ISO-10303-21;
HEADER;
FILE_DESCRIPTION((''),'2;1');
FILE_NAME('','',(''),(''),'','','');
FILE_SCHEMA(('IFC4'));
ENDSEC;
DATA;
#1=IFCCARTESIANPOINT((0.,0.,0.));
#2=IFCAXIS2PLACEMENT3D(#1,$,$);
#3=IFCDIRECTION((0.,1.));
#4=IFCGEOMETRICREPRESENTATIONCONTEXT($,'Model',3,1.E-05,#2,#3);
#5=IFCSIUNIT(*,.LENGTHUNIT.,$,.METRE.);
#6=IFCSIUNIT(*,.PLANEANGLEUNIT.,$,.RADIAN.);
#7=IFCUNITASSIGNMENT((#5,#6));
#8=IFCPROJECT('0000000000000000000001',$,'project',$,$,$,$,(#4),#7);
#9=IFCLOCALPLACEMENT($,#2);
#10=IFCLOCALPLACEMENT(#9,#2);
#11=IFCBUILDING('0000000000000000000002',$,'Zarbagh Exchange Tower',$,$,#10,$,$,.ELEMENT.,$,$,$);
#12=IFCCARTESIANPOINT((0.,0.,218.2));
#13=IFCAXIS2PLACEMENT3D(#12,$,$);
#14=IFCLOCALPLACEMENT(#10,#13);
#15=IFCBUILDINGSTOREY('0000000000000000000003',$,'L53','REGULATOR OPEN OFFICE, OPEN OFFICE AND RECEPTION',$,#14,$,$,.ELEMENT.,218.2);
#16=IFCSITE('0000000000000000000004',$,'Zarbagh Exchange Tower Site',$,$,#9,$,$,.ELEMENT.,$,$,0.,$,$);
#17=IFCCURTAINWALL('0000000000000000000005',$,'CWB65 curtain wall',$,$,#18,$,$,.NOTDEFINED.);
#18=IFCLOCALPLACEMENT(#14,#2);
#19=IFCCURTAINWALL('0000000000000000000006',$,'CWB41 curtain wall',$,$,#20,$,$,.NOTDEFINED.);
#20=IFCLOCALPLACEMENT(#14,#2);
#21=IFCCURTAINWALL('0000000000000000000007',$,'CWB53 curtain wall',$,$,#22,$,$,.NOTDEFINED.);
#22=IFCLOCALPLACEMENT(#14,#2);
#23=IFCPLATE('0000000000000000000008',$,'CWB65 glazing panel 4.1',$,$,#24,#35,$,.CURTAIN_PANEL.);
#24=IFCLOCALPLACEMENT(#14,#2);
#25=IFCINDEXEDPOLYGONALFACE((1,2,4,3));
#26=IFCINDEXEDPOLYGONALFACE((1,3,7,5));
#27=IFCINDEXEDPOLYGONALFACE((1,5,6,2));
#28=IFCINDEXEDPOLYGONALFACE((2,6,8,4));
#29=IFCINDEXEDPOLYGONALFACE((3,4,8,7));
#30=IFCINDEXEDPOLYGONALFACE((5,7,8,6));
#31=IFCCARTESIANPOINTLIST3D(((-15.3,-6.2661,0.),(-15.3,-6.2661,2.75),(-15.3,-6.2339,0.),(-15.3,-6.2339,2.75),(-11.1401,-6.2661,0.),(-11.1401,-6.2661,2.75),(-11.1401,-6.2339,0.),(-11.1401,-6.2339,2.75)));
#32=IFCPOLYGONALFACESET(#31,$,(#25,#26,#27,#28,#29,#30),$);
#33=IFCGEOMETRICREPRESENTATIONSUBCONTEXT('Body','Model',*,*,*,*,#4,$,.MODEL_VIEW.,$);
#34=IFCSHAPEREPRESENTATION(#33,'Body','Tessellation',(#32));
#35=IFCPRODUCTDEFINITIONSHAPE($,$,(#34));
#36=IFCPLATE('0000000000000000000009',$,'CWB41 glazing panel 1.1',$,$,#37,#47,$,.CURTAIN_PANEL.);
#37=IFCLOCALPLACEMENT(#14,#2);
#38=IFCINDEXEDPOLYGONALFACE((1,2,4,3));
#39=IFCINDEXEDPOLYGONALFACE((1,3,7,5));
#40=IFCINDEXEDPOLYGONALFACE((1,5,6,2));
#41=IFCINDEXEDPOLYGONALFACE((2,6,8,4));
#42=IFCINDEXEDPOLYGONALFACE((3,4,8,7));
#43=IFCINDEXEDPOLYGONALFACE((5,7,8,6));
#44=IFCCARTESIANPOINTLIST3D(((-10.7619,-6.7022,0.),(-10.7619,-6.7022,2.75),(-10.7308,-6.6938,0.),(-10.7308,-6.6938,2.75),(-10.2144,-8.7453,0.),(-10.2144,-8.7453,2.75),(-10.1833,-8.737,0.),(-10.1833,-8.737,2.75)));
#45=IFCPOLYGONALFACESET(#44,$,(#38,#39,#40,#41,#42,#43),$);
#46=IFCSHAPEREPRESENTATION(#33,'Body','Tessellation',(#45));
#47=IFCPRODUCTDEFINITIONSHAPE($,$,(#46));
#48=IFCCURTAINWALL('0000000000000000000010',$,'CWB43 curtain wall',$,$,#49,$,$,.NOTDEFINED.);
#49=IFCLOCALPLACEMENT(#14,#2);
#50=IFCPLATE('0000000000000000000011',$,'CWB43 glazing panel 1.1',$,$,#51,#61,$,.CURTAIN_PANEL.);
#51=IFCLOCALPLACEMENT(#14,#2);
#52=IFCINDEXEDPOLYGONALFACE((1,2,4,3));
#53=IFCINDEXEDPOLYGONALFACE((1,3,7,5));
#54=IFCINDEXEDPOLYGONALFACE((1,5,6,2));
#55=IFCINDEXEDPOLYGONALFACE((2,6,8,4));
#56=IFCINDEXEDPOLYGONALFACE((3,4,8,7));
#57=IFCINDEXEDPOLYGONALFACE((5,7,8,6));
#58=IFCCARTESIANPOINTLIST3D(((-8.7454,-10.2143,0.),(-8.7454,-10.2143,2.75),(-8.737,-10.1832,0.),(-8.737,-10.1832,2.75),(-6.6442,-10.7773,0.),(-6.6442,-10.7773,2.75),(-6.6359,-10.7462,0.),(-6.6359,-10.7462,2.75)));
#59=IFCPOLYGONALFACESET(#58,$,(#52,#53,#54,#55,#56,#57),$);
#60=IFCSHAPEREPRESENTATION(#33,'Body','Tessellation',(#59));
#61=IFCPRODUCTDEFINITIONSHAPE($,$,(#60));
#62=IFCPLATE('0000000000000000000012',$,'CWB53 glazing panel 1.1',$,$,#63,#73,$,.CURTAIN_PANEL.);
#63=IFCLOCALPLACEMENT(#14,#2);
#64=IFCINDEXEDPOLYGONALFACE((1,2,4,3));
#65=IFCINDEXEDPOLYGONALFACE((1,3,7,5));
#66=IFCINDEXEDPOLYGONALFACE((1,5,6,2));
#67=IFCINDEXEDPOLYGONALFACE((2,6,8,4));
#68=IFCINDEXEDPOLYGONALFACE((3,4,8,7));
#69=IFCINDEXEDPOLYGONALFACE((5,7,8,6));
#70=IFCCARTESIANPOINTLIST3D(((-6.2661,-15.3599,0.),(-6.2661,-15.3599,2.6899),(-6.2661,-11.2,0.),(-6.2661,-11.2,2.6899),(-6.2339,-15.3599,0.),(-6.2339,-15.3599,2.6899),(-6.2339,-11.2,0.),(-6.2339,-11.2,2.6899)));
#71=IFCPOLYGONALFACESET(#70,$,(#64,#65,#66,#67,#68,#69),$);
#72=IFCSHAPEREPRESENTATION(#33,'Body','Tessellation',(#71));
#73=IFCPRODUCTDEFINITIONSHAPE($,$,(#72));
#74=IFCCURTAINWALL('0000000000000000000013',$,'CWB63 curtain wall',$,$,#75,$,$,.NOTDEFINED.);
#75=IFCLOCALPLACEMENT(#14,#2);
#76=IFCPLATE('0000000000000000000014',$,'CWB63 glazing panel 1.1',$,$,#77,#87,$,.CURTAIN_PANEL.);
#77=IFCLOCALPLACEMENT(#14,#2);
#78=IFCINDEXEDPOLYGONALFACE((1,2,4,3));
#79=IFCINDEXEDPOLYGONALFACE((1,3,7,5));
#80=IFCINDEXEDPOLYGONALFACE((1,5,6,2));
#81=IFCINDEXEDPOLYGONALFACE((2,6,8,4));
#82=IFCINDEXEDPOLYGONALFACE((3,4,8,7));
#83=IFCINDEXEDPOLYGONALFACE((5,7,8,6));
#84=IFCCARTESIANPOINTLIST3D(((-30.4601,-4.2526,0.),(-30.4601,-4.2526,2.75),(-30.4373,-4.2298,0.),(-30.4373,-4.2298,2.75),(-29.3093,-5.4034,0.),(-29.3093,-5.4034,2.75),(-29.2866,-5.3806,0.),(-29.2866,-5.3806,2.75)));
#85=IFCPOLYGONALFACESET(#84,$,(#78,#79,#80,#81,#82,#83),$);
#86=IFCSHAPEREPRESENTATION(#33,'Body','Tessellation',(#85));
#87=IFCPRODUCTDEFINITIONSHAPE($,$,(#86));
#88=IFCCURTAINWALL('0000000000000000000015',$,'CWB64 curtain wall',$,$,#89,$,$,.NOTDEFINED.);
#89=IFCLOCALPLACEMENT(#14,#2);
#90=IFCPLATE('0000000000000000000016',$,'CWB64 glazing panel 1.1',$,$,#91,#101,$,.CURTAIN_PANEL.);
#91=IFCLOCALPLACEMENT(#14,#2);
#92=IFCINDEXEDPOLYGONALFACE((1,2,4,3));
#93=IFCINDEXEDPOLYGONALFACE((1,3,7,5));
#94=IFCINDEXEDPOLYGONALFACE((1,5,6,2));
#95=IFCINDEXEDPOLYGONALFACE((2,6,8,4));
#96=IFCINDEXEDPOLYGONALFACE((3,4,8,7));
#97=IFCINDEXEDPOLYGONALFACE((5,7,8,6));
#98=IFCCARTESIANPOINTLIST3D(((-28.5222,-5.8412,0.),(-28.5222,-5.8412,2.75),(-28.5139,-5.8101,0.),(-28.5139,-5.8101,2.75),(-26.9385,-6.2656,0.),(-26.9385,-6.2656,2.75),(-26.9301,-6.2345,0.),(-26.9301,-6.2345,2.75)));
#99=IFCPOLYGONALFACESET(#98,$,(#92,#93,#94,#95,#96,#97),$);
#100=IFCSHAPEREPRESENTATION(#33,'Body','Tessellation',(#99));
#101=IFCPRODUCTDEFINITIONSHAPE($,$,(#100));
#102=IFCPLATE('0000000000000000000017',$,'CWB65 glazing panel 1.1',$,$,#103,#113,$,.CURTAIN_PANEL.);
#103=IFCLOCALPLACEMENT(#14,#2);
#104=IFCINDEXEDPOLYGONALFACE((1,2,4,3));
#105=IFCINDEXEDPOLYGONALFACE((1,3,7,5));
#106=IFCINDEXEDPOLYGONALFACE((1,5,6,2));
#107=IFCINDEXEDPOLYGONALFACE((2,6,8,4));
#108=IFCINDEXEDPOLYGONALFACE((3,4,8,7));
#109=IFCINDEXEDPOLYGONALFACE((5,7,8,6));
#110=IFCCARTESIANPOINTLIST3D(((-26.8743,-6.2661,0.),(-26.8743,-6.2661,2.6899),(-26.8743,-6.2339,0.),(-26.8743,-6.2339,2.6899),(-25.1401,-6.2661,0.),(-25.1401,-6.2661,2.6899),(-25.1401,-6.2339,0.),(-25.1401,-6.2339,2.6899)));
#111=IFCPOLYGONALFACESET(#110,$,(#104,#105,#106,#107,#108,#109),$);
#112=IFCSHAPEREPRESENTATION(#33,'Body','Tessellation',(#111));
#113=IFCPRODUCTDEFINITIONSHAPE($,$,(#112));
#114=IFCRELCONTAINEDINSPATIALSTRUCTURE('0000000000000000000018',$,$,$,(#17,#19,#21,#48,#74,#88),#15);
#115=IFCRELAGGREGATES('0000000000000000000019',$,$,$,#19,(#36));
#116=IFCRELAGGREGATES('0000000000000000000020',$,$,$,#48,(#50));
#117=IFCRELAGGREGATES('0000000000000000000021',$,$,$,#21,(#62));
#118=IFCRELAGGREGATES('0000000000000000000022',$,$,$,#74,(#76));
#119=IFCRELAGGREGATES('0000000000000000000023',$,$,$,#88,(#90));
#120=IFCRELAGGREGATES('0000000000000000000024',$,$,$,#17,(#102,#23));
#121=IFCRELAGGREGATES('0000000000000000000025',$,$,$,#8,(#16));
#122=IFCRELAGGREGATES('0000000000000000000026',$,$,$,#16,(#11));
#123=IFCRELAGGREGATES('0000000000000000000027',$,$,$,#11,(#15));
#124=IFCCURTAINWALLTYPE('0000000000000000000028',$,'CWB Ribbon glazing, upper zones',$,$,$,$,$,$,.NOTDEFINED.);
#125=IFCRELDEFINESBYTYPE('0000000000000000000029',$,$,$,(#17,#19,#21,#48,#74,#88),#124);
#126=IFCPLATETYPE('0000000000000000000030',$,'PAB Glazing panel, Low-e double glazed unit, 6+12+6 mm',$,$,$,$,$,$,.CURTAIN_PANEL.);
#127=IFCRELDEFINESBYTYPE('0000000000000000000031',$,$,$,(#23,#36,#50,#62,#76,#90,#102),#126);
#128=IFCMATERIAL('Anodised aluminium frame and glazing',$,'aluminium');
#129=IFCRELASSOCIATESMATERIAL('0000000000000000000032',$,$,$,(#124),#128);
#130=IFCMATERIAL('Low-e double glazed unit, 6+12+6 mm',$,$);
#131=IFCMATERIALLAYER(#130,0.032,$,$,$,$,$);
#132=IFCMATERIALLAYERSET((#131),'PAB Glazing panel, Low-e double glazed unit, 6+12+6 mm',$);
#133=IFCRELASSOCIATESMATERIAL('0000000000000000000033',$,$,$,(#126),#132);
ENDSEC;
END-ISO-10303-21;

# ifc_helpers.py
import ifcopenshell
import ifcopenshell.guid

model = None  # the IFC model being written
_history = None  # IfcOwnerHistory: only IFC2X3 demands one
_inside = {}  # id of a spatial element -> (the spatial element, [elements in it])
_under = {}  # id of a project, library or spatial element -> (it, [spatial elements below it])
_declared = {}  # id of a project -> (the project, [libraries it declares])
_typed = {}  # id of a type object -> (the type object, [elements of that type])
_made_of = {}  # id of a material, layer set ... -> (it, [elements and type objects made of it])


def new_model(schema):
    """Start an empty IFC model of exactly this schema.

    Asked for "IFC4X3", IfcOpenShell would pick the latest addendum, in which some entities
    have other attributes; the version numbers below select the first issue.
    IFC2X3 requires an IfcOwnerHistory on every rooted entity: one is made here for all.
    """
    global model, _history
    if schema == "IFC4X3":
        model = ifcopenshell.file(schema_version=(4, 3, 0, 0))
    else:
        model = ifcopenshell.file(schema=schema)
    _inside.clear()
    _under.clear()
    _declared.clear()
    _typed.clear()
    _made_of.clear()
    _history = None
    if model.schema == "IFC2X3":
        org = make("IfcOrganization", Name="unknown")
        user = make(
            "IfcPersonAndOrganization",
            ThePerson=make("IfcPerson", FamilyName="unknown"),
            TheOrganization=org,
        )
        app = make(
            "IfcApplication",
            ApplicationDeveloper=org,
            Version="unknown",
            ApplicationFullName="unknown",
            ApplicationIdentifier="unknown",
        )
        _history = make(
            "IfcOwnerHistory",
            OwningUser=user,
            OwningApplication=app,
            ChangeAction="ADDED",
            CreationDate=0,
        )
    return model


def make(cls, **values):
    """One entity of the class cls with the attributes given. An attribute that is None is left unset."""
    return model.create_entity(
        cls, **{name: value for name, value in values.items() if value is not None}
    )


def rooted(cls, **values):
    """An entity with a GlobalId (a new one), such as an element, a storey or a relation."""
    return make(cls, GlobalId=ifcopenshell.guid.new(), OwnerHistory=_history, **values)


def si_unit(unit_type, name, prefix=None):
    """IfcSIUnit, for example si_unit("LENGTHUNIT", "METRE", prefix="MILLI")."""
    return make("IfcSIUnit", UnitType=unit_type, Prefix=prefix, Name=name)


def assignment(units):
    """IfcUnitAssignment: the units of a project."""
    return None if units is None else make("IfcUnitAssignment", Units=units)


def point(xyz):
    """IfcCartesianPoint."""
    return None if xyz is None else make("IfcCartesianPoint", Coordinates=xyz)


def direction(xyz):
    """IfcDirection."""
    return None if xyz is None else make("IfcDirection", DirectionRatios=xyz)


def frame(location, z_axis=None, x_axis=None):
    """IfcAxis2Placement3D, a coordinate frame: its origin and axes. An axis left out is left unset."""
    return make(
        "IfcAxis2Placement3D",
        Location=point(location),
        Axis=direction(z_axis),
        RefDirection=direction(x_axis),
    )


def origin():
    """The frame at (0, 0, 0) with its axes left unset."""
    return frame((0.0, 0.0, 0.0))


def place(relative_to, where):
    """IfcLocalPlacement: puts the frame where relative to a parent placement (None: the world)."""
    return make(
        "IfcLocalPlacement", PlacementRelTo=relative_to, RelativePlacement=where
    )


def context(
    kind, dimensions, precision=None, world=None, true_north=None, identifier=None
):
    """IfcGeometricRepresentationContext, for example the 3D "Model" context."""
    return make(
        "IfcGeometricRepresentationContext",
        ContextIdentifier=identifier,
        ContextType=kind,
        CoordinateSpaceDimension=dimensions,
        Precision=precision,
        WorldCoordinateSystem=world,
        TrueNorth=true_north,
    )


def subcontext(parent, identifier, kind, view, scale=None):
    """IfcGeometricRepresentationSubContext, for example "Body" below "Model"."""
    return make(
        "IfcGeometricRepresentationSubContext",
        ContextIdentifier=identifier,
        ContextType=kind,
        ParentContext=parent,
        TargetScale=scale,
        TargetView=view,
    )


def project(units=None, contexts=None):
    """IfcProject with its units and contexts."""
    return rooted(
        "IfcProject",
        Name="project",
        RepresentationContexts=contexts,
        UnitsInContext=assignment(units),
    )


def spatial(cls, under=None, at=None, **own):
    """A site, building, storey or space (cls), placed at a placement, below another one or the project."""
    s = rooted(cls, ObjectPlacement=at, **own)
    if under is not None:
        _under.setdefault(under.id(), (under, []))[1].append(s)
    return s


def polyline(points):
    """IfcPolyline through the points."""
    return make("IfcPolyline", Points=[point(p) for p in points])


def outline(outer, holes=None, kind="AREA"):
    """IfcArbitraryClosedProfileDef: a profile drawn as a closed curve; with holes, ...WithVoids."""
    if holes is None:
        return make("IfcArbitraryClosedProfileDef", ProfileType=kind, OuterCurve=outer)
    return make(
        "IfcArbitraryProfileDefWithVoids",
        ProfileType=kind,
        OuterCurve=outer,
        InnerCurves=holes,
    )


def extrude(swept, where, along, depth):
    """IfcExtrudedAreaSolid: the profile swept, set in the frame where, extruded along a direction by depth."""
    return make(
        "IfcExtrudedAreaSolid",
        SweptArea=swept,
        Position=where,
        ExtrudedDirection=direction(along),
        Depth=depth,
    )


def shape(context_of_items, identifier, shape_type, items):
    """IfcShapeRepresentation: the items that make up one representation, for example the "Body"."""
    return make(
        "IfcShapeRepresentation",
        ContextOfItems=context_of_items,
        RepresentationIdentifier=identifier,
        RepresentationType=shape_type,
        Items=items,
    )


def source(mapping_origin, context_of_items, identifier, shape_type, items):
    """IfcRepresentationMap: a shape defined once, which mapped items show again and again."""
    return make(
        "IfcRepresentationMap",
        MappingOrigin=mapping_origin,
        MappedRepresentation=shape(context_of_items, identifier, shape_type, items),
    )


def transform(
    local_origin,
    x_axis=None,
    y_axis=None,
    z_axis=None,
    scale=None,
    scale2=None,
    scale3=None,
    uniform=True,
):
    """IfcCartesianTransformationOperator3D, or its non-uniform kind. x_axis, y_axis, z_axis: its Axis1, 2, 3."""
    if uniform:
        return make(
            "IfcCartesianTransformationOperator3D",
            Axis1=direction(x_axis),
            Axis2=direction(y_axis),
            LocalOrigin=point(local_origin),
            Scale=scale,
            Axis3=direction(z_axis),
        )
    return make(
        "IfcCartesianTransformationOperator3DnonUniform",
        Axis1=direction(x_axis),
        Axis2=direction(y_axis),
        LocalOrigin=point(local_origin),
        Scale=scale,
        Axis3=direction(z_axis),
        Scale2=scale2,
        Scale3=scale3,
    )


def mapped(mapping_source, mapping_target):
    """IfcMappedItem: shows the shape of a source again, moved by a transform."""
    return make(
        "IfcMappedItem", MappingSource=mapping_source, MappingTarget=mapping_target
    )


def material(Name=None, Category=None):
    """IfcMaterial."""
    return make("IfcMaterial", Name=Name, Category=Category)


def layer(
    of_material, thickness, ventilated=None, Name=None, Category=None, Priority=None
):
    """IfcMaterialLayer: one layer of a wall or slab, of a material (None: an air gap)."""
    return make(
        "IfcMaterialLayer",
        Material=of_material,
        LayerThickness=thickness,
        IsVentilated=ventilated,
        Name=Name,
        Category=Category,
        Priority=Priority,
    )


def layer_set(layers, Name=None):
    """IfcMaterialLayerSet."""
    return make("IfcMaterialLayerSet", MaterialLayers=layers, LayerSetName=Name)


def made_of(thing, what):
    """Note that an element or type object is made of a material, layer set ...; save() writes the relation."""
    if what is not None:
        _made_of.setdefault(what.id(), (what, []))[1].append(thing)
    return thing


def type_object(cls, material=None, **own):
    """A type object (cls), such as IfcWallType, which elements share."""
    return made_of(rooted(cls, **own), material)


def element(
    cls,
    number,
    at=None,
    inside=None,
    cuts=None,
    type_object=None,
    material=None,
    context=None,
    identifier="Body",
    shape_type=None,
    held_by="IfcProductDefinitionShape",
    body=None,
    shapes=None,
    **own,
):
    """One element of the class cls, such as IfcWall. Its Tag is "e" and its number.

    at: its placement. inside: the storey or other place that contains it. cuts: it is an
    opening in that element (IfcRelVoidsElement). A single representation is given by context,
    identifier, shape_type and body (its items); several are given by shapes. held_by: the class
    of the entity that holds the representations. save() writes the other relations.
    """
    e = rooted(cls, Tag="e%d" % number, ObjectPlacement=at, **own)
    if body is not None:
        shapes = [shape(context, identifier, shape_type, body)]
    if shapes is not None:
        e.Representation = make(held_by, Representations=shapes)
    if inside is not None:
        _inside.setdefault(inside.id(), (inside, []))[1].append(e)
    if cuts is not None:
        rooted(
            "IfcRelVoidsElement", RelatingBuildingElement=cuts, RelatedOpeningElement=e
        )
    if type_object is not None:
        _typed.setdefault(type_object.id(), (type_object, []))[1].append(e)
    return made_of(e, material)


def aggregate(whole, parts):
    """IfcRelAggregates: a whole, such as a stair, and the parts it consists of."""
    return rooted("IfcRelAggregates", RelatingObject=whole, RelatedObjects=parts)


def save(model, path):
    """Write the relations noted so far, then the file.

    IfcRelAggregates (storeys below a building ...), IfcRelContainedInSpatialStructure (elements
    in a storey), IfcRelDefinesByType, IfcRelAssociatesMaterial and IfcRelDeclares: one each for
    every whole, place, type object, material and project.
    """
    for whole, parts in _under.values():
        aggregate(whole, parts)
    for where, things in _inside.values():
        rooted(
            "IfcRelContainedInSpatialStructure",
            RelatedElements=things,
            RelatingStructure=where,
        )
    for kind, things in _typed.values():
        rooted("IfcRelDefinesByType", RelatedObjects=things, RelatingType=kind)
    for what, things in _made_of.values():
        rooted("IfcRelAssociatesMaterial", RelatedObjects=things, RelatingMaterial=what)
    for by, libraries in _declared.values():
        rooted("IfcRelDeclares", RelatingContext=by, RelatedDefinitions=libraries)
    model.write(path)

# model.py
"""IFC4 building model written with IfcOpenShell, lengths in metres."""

from ifc_helpers import new_model, si_unit, direction, frame, origin, place, context, subcontext, project, spatial, polyline, outline, extrude, source, transform, mapped, material, layer, layer_set, type_object, element, aggregate, save


model = new_model("IFC4")

# Units and contexts
model_context = context("Model", 3, precision=1e-05, world=origin(), true_north=direction((0.0, 1.0)))
body_context = subcontext(model_context, "Body", "Model", "MODEL_VIEW")
ifc_project = project(units=[si_unit("LENGTHUNIT", "METRE"), si_unit("PLANEANGLEUNIT", "RADIAN")], contexts=[model_context])

# Site, building, storey
site_placement = place(None, origin())
site = spatial("IfcSite", under=ifc_project, at=site_placement, Name="Zarbagh Exchange Tower Site", CompositionType="ELEMENT", RefElevation=0.0)
building_placement = place(site_placement, origin())
building = spatial("IfcBuilding", under=site, at=building_placement, Name="Zarbagh Exchange Tower", CompositionType="ELEMENT")
storey_placement = place(building_placement, frame((0.0, 0.0, 218.2)))
storey = spatial("IfcBuildingStorey", under=building, at=storey_placement, Name="L53", Description="REGULATOR OPEN OFFICE, OPEN OFFICE AND RECEPTION", CompositionType="ELEMENT", Elevation=218.2)

# Curtain wall
ifc_material_1 = material(Name="Anodised aluminium frame and glazing", Category="aluminium")
curtain_wall_type = type_object("IfcCurtainWallType", Name="CWB Ribbon glazing, upper zones", PredefinedType="NOTDEFINED", material=ifc_material_1)
curtain_wall_1_placement = place(storey_placement, origin())
curtain_wall_1 = element("IfcCurtainWall", 1, at=curtain_wall_1_placement, inside=storey, type_object=curtain_wall_type, Name="CWB65 curtain wall", PredefinedType="NOTDEFINED")
placement = place(storey_placement, origin())

# Curtain wall
curtain_wall_2_placement = place(storey_placement, origin())
curtain_wall_2 = element("IfcCurtainWall", 2, at=curtain_wall_2_placement, inside=storey, type_object=curtain_wall_type, Name="CWB41 curtain wall", PredefinedType="NOTDEFINED")

# Curtain wall
curtain_wall_3_placement = place(storey_placement, origin())
curtain_wall_3 = element("IfcCurtainWall", 3, at=curtain_wall_3_placement, inside=storey, type_object=curtain_wall_type, Name="CWB53 curtain wall", PredefinedType="NOTDEFINED")

# Shared definitions
ifc_material_2 = material(Name="Low-e double glazed unit, 6+12+6 mm")
ifc_layer = layer(ifc_material_2, 0.032)
ifc_layer_set = layer_set([ifc_layer], Name="PAB Glazing panel, Low-e double glazed unit, 6+12+6 mm")
plate_type = type_object("IfcPlateType", Name="PAB Glazing panel, Low-e double glazed unit, 6+12+6 mm", PredefinedType="CURTAIN_PANEL", material=ifc_layer_set)

# Plates
shared_shape_1 = source(origin(), body_context, "Body", "SweptSolid", [
    extrude(outline(polyline([(0.0, -0.0161), (4.1599, -0.0161), (4.1599, 0.0161), (0.0, 0.0161), (0.0, -0.0161)])), origin(), (0.0, 0.0, 1.0), 2.75),
])
plate_1 = element("IfcPlate", 4, at=placement, type_object=plate_type, Name="CWB65 glazing panel 4.1", PredefinedType="CURTAIN_PANEL", context=body_context, shape_type="MappedRepresentation", body=[
    mapped(shared_shape_1, transform((-15.3, -6.25, 0.0), x_axis=(1.0, 0.0, 0.0), y_axis=(0.0, 1.0, 0.0), z_axis=(0.0, 0.0, 1.0))),
])
shared_shape_2 = source(origin(), body_context, "Body", "SweptSolid", [
    extrude(outline(polyline([(0.0, -0.0161), (2.1152, -0.0161), (2.1152, 0.0161), (0.0, 0.0161), (0.0, -0.0161)])), origin(), (0.0, 0.0, 1.0), 2.75),
])
plate_2 = element("IfcPlate", 5, at=placement, type_object=plate_type, Name="CWB41 glazing panel 1.1", PredefinedType="CURTAIN_PANEL", context=body_context, shape_type="MappedRepresentation", body=[
    mapped(shared_shape_2, transform((-10.7463, -6.698, 0.0), x_axis=(0.258825, -0.965924, 0.0), y_axis=(0.965924, 0.258825, 0.0), z_axis=(0.0, 0.0, 1.0))),
])
aggregate(curtain_wall_2, [plate_2])

# Curtain wall, plate
curtain_wall_4_placement = place(storey_placement, origin())
curtain_wall_4 = element("IfcCurtainWall", 6, at=curtain_wall_4_placement, inside=storey, type_object=curtain_wall_type, Name="CWB43 curtain wall", PredefinedType="NOTDEFINED")
shared_shape_3 = source(origin(), body_context, "Body", "SweptSolid", [
    extrude(outline(polyline([(0.0, -0.0161), (2.1753, -0.0161), (2.1753, 0.0161), (0.0, 0.0161), (0.0, -0.0161)])), origin(), (0.0, 0.0, 1.0), 2.75),
])
plate_3 = element("IfcPlate", 7, at=placement, type_object=plate_type, Name="CWB43 glazing panel 1.1", PredefinedType="CURTAIN_PANEL", context=body_context, shape_type="MappedRepresentation", body=[
    mapped(shared_shape_3, transform((-8.7412, -10.1987, 0.0), x_axis=(0.965924, -0.258825, 0.0), y_axis=(0.258825, 0.965924, 0.0), z_axis=(0.0, 0.0, 1.0))),
])
aggregate(curtain_wall_4, [plate_3])

# Plate
shared_shape_4 = source(origin(), body_context, "Body", "SweptSolid", [
    extrude(outline(polyline([(0.0, -0.0161), (4.1599, -0.0161), (4.1599, 0.0161), (0.0, 0.0161), (0.0, -0.0161)])), origin(), (0.0, 0.0, 1.0), 2.6899),
])
plate_4 = element("IfcPlate", 8, at=placement, type_object=plate_type, Name="CWB53 glazing panel 1.1", PredefinedType="CURTAIN_PANEL", context=body_context, shape_type="MappedRepresentation", body=[
    mapped(shared_shape_4, transform((-6.25, -11.2, 0.0), x_axis=(0.0, -1.0, 0.0), y_axis=(1.0, 0.0, 0.0), z_axis=(0.0, 0.0, 1.0))),
])
aggregate(curtain_wall_3, [plate_4])

# Curtain walls, plates
curtain_wall_5_placement = place(storey_placement, origin())
curtain_wall_5 = element("IfcCurtainWall", 9, at=curtain_wall_5_placement, inside=storey, type_object=curtain_wall_type, Name="CWB63 curtain wall", PredefinedType="NOTDEFINED")
shared_shape_5 = source(origin(), body_context, "Body", "SweptSolid", [
    extrude(outline(polyline([(0.0, -0.0161), (1.6274, -0.0161), (1.6274, 0.0161), (0.0, 0.0161), (0.0, -0.0161)])), origin(), (0.0, 0.0, 1.0), 2.75),
])
plate_5 = element("IfcPlate", 10, at=placement, type_object=plate_type, Name="CWB63 glazing panel 1.1", PredefinedType="CURTAIN_PANEL", context=body_context, shape_type="MappedRepresentation", body=[
    mapped(shared_shape_5, transform((-30.4487, -4.2412, 0.0), x_axis=(0.707107, -0.707107, 0.0), y_axis=(0.707107, 0.707107, 0.0), z_axis=(0.0, 0.0, 1.0))),
])
aggregate(curtain_wall_5, [plate_5])
curtain_wall_6_placement = place(storey_placement, origin())
curtain_wall_6 = element("IfcCurtainWall", 11, at=curtain_wall_6_placement, inside=storey, type_object=curtain_wall_type, Name="CWB64 curtain wall", PredefinedType="NOTDEFINED")
shared_shape_6 = source(origin(), body_context, "Body", "SweptSolid", [
    extrude(outline(polyline([(0.0, -0.0161), (1.6396, -0.0161), (1.6396, 0.0161), (0.0, 0.0161), (0.0, -0.0161)])), origin(), (0.0, 0.0, 1.0), 2.75),
])
plate_6 = element("IfcPlate", 12, at=placement, type_object=plate_type, Name="CWB64 glazing panel 1.1", PredefinedType="CURTAIN_PANEL", context=body_context, shape_type="MappedRepresentation", body=[
    mapped(shared_shape_6, transform((-28.5181, -5.8257, 0.0), x_axis=(0.965924, -0.258825, 0.0), y_axis=(0.258825, 0.965924, 0.0), z_axis=(0.0, 0.0, 1.0))),
])
aggregate(curtain_wall_6, [plate_6])

# Plate
shared_shape_7 = source(origin(), body_context, "Body", "SweptSolid", [
    extrude(outline(polyline([(0.0, -0.0161), (1.7341, -0.0161), (1.7341, 0.0161), (0.0, 0.0161), (0.0, -0.0161)])), origin(), (0.0, 0.0, 1.0), 2.6899),
])
plate_7 = element("IfcPlate", 13, at=placement, type_object=plate_type, Name="CWB65 glazing panel 1.1", PredefinedType="CURTAIN_PANEL", context=body_context, shape_type="MappedRepresentation", body=[
    mapped(shared_shape_7, transform((-26.8743, -6.25, 0.0), x_axis=(1.0, 0.0, 0.0), y_axis=(0.0, 1.0, 0.0), z_axis=(0.0, 0.0, 1.0))),
])
aggregate(curtain_wall_1, [plate_7, plate_1])

save(model, "model.ifc")
